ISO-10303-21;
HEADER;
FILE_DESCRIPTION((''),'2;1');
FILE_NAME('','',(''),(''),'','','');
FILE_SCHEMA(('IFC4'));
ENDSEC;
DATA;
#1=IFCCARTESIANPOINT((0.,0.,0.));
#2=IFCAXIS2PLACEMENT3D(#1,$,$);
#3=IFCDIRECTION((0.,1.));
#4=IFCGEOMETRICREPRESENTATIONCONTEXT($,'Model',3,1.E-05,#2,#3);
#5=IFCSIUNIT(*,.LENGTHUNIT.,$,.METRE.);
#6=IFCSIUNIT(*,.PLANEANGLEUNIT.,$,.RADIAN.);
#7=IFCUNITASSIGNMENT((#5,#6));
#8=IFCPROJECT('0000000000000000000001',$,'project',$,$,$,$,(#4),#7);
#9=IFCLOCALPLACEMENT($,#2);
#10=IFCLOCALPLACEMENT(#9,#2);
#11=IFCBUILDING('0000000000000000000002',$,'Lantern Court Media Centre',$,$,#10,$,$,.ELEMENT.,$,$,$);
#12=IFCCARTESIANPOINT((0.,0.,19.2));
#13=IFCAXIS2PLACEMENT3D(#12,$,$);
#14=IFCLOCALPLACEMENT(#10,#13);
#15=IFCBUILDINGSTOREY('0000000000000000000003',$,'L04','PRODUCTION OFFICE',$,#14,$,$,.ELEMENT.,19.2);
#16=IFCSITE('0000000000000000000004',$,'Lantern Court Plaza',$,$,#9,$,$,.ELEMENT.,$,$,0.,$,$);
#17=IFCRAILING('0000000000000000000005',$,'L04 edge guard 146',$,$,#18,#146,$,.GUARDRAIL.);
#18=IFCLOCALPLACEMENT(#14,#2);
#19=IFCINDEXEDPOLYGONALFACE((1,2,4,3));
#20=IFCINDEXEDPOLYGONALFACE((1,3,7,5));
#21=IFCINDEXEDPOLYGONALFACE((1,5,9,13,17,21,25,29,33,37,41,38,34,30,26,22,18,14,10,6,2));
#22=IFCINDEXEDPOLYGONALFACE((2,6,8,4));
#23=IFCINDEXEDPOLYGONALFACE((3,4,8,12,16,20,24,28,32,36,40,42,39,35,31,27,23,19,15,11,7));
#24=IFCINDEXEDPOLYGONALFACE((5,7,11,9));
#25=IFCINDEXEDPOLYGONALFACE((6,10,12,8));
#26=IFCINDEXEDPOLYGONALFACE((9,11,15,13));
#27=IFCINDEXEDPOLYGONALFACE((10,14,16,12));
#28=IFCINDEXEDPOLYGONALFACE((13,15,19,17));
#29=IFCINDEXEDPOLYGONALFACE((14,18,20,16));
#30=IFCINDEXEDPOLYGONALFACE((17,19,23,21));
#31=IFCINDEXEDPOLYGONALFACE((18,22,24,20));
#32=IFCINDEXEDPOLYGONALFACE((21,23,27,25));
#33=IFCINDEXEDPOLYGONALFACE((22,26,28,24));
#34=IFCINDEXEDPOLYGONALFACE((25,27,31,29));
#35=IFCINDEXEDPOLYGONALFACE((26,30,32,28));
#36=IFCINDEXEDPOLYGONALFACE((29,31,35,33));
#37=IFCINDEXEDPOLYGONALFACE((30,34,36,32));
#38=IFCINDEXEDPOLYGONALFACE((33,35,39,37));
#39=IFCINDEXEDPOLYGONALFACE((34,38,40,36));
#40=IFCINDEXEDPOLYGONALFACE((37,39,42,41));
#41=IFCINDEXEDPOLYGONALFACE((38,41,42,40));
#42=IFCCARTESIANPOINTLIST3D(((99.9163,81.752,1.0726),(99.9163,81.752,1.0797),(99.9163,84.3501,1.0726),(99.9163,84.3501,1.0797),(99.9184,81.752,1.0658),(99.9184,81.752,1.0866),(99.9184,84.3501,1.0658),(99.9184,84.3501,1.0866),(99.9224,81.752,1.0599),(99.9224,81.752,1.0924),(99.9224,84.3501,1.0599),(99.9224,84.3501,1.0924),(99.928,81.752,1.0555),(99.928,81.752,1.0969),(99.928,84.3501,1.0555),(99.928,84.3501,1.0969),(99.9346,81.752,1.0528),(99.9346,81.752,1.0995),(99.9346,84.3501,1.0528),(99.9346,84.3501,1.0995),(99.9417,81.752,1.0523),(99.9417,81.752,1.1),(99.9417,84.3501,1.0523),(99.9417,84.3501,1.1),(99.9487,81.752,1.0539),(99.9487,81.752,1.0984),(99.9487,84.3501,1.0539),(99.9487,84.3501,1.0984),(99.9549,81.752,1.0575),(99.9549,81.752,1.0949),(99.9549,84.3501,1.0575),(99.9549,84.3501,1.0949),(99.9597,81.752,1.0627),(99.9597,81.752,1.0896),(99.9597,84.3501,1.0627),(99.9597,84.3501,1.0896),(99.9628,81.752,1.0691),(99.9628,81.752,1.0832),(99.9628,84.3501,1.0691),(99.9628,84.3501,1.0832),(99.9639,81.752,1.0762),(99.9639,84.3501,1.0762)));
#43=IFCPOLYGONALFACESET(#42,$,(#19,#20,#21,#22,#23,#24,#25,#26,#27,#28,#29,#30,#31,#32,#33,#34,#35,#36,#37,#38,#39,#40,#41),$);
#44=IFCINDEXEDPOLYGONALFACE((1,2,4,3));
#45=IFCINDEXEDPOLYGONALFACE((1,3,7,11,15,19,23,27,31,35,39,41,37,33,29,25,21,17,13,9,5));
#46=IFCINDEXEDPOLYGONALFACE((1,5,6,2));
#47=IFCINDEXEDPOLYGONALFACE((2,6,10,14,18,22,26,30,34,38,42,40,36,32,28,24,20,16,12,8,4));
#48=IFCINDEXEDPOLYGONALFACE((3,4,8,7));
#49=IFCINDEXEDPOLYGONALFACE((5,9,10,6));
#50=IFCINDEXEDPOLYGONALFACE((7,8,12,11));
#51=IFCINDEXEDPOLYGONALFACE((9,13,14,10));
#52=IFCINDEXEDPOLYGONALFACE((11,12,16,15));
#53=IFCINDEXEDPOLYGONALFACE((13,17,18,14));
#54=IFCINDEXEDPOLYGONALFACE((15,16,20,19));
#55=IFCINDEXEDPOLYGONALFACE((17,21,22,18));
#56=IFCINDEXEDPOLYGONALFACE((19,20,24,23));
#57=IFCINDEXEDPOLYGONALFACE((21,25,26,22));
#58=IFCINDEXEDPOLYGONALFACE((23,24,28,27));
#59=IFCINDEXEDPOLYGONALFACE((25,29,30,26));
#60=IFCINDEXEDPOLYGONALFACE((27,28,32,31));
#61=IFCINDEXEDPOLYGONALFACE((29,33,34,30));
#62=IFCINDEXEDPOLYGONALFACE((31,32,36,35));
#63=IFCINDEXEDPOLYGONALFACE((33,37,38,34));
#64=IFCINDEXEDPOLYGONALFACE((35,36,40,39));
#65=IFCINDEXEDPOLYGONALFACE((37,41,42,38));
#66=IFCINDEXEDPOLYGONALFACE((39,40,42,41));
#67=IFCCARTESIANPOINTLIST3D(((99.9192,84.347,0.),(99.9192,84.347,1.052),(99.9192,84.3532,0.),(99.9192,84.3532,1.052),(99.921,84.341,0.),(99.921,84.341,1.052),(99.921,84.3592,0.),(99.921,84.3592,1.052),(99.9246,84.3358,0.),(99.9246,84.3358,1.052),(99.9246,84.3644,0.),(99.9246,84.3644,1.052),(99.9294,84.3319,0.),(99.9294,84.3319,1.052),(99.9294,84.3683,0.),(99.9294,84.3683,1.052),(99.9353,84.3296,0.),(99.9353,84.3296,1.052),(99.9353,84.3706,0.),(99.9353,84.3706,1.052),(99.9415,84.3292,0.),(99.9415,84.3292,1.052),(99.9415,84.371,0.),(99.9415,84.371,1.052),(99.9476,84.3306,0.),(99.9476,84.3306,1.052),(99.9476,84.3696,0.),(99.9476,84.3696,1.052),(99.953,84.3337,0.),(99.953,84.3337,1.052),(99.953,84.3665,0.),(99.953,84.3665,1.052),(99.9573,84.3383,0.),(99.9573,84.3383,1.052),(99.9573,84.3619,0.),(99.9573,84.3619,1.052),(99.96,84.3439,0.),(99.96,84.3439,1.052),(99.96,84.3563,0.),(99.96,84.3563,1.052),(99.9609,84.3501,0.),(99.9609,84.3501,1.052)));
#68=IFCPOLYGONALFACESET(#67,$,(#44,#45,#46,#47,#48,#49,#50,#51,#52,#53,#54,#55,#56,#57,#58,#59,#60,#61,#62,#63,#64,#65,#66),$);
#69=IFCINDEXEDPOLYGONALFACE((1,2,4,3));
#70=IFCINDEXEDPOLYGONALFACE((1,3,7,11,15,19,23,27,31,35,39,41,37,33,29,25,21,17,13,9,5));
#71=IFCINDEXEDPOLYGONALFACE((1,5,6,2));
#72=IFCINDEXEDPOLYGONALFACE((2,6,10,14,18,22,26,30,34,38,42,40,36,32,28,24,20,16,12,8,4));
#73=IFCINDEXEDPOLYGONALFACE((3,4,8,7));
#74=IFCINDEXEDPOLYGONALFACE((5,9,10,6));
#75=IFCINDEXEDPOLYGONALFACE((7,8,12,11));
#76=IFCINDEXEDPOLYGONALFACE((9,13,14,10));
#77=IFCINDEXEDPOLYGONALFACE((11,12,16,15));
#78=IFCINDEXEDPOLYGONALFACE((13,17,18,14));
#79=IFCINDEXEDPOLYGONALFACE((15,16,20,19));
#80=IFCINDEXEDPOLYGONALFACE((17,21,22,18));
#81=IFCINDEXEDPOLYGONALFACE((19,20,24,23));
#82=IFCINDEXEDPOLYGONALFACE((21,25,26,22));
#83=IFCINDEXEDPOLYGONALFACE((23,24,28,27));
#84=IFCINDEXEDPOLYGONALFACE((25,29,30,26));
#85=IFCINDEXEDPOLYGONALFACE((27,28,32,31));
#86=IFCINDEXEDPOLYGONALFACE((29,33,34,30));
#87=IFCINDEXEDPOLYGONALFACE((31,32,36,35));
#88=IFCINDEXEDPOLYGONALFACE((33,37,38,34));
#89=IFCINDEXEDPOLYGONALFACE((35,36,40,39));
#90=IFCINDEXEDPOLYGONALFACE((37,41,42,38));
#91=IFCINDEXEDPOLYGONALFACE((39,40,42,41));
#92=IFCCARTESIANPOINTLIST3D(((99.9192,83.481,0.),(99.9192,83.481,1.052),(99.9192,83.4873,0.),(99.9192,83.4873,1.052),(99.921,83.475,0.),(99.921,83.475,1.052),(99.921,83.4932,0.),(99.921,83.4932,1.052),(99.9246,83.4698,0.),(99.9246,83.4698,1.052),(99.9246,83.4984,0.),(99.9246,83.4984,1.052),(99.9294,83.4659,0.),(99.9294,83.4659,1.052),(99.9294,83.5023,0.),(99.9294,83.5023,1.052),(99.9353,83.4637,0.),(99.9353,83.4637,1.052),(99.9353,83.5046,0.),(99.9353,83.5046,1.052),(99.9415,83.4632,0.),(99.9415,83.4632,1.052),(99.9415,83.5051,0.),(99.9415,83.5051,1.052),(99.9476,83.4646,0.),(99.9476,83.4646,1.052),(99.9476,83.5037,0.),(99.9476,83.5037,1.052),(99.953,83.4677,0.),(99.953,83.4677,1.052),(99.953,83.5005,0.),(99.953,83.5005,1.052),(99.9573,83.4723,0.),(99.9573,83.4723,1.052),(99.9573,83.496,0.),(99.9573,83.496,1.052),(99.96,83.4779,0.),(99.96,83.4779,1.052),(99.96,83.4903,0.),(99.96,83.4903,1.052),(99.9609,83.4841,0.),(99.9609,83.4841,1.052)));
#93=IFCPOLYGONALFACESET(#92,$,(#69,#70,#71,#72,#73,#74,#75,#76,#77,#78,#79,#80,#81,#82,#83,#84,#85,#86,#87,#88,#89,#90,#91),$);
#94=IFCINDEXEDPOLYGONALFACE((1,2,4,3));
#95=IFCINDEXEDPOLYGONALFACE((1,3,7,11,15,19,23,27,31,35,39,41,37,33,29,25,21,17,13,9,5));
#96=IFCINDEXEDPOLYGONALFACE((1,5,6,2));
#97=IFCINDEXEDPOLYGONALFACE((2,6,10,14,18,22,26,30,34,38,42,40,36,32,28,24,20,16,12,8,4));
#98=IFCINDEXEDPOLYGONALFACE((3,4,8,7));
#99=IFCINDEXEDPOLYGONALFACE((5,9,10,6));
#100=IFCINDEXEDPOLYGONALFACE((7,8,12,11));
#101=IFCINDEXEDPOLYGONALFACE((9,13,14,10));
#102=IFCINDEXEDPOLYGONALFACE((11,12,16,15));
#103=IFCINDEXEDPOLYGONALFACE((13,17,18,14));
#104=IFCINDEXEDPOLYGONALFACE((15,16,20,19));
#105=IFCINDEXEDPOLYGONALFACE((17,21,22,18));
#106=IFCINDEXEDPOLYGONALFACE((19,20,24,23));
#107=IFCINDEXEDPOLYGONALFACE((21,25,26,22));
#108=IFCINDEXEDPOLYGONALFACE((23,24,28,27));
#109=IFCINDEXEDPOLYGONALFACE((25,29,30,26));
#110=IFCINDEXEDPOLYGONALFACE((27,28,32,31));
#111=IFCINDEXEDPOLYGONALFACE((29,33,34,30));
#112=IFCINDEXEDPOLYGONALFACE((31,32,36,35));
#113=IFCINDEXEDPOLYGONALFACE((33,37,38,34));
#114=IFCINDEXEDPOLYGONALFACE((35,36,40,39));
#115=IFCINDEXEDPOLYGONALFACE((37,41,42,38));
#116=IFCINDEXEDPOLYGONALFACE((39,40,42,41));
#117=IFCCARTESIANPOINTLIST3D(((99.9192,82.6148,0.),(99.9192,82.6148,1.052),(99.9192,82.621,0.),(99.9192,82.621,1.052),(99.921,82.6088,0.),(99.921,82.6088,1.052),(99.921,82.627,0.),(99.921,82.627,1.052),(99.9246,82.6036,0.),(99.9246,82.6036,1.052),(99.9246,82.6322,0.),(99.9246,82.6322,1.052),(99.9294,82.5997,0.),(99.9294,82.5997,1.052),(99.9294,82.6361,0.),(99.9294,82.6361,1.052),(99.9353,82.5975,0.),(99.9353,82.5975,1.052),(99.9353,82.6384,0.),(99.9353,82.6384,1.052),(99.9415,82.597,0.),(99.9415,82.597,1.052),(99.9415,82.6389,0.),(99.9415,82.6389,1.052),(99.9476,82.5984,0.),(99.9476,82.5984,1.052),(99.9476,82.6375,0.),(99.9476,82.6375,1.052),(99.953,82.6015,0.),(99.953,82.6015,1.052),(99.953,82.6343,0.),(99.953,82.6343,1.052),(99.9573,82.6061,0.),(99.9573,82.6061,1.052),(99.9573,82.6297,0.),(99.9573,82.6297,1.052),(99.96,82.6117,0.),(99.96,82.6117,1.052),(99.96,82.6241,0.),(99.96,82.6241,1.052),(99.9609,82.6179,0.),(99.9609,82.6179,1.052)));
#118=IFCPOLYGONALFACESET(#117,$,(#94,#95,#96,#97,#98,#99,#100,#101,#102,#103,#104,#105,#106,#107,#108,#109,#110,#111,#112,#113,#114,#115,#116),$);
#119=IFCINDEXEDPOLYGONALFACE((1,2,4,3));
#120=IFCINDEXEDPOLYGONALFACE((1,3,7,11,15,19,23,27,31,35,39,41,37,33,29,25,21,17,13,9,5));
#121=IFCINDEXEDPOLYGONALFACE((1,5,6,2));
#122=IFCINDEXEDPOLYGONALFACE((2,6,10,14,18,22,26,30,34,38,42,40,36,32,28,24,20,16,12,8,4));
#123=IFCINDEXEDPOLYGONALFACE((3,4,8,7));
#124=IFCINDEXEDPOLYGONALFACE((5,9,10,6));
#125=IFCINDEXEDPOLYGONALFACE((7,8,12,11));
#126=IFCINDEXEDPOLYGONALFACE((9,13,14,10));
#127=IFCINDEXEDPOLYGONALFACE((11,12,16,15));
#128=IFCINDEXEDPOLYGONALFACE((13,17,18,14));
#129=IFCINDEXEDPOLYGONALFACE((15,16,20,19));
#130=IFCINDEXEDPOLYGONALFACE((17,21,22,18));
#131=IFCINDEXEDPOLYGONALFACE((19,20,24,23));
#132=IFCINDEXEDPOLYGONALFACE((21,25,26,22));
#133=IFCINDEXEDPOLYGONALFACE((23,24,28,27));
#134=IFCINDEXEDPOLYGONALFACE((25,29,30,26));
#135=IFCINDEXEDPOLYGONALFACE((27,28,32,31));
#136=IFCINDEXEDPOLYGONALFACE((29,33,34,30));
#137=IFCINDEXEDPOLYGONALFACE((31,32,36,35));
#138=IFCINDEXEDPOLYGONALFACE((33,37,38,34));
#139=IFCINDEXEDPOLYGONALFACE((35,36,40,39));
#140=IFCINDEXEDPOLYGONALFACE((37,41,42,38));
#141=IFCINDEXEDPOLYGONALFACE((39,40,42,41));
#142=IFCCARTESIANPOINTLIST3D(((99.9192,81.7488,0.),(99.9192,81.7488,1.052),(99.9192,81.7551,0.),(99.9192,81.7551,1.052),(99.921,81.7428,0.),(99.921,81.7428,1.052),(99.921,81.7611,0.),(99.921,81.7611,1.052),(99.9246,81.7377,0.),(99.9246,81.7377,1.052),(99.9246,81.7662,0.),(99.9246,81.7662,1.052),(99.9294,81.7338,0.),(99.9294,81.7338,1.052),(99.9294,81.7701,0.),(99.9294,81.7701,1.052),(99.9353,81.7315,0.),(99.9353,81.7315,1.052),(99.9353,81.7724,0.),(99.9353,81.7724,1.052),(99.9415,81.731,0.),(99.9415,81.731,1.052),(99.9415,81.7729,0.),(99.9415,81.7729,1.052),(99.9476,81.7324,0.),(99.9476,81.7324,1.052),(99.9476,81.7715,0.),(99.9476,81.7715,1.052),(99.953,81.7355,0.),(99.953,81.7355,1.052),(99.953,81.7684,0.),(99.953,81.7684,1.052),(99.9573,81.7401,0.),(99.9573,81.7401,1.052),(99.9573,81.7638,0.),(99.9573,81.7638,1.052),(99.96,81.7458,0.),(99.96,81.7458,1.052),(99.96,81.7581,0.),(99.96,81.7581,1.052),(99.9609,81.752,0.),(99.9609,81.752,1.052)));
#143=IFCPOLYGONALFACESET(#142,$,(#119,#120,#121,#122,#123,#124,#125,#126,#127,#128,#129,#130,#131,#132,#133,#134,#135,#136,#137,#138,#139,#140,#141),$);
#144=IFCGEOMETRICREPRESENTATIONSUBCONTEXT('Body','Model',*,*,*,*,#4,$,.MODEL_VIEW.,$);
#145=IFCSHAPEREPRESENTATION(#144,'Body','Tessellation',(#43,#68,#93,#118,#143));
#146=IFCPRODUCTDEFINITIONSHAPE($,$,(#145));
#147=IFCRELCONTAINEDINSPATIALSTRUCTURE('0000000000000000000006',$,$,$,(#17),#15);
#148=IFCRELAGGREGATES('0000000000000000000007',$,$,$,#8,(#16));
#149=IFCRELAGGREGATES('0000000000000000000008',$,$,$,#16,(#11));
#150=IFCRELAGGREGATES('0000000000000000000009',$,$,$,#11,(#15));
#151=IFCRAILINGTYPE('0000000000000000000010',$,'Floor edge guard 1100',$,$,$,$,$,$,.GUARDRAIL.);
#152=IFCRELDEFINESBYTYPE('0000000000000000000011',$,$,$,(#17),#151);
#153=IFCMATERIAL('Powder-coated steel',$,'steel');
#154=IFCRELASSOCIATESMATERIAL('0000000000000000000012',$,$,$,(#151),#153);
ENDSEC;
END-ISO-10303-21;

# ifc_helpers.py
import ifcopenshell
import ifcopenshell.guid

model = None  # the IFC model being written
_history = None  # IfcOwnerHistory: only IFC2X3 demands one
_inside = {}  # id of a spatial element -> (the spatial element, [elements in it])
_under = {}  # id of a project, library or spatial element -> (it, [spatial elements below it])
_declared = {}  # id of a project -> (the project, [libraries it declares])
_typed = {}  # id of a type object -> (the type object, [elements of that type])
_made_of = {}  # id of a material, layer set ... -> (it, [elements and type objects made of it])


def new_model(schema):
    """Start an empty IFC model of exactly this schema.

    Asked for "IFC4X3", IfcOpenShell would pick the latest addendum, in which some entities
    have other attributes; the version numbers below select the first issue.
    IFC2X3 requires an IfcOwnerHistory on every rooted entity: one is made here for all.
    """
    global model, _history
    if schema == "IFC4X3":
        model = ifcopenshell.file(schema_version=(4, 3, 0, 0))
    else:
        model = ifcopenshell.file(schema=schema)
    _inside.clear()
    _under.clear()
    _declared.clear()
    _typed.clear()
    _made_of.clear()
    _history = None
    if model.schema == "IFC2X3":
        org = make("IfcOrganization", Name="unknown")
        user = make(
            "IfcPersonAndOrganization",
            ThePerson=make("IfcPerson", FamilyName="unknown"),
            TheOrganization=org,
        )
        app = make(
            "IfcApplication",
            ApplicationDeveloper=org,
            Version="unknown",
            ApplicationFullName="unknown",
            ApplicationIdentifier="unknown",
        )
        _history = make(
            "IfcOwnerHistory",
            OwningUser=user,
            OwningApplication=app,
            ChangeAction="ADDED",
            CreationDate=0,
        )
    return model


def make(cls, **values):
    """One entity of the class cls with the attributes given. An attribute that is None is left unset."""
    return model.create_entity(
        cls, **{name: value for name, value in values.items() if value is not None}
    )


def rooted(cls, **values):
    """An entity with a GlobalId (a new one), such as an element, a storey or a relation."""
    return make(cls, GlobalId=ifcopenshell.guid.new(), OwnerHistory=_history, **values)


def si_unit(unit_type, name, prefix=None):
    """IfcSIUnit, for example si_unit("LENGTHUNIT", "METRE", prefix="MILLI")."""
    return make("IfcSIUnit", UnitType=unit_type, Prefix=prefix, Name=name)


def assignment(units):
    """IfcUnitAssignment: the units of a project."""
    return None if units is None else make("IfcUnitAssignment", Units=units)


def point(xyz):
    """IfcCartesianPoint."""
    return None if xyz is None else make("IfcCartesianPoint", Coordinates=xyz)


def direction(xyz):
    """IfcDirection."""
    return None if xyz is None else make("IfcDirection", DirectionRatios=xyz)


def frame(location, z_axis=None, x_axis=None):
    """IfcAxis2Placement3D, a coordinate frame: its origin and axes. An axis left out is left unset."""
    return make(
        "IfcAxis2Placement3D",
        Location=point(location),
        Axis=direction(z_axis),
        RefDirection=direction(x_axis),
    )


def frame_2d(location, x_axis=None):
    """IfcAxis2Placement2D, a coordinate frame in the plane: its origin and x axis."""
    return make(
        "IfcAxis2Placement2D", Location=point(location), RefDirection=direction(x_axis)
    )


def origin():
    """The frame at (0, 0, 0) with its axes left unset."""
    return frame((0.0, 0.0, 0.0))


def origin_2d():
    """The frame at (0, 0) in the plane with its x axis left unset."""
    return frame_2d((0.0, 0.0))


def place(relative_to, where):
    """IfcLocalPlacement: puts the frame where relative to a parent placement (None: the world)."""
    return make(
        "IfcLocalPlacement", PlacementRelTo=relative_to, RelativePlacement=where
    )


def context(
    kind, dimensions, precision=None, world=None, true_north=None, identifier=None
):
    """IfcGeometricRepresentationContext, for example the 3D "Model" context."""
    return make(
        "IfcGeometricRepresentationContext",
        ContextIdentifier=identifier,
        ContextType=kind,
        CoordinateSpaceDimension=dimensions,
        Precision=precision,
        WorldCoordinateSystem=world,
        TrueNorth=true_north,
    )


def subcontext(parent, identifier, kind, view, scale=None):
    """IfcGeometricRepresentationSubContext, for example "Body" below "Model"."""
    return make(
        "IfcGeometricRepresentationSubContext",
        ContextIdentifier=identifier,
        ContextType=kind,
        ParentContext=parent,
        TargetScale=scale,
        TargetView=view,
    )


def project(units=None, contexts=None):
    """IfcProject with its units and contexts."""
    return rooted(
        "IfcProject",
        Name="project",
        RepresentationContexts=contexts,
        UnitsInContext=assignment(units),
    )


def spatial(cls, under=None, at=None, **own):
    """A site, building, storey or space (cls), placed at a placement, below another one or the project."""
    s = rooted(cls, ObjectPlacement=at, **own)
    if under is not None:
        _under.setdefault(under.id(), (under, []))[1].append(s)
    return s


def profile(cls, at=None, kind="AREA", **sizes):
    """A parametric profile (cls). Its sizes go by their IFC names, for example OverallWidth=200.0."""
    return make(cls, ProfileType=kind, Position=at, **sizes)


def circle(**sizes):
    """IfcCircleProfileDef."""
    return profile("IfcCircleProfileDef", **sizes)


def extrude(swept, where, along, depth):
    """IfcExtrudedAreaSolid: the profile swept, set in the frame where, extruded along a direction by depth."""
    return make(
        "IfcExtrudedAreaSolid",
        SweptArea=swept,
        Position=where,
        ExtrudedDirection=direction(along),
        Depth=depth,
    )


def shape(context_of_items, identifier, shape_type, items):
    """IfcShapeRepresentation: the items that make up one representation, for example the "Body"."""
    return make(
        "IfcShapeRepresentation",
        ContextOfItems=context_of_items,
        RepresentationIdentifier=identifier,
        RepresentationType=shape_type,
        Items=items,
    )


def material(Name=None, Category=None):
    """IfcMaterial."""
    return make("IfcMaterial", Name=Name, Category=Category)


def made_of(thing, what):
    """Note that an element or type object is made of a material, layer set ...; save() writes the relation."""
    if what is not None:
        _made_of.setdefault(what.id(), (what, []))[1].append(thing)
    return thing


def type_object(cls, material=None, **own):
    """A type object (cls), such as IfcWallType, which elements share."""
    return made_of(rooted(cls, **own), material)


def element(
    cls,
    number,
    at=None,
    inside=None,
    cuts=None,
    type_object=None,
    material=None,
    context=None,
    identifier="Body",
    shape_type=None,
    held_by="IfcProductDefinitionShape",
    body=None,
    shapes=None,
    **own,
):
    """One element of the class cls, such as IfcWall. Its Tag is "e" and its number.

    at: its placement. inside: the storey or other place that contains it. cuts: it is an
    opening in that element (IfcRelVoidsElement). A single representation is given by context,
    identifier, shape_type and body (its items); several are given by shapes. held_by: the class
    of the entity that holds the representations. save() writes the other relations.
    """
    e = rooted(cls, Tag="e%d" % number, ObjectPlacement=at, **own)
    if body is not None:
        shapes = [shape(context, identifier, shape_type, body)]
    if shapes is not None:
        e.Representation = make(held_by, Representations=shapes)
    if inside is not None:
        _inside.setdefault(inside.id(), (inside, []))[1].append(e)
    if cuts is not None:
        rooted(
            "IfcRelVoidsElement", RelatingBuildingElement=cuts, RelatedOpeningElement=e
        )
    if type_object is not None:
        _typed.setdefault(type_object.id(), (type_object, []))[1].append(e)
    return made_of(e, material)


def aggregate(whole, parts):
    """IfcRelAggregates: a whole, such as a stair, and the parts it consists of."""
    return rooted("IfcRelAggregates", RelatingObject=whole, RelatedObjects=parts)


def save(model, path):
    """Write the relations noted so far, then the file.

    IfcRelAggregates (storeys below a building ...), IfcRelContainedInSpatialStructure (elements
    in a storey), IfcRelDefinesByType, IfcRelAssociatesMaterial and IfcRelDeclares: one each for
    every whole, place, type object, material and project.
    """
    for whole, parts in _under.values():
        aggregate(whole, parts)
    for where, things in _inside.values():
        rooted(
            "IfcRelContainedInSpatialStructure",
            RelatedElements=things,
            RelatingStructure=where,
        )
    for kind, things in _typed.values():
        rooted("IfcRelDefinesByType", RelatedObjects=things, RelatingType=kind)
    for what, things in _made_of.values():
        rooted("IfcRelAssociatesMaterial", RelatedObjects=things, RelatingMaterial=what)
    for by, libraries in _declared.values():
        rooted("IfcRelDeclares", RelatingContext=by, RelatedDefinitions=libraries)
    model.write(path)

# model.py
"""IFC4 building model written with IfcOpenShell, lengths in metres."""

from ifc_helpers import new_model, si_unit, direction, frame, origin, origin_2d, place, context, subcontext, project, spatial, circle, extrude, material, type_object, element, save


model = new_model("IFC4")

# Units and contexts
model_context = context("Model", 3, precision=1e-05, world=origin(), true_north=direction((0.0, 1.0)))
body_context = subcontext(model_context, "Body", "Model", "MODEL_VIEW")
ifc_project = project(units=[si_unit("LENGTHUNIT", "METRE"), si_unit("PLANEANGLEUNIT", "RADIAN")], contexts=[model_context])

# Site, building, storey
site_placement = place(None, origin())
site = spatial("IfcSite", under=ifc_project, at=site_placement, Name="Lantern Court Plaza", CompositionType="ELEMENT", RefElevation=0.0)
building_placement = place(site_placement, origin())
building = spatial("IfcBuilding", under=site, at=building_placement, Name="Lantern Court Media Centre", CompositionType="ELEMENT")
storey_placement = place(building_placement, frame((0.0, 0.0, 19.2)))
storey = spatial("IfcBuildingStorey", under=building, at=storey_placement, Name="L04", Description="PRODUCTION OFFICE", CompositionType="ELEMENT", Elevation=19.2)

# Railing
ifc_material_1 = material(Name="Powder-coated steel", Category="steel")
railing_type = type_object("IfcRailingType", Name="Floor edge guard 1100", PredefinedType="GUARDRAIL", material=ifc_material_1)
railing_1_placement = place(storey_placement, frame((99.9399, 84.3501, 0.0)))
element("IfcRailing", 1, at=railing_1_placement, inside=storey, type_object=railing_type, Name="L04 edge guard 146", PredefinedType="GUARDRAIL", context=body_context, shape_type="SweptSolid", body=[
    extrude(circle(Radius=0.0239, at=origin_2d()), frame((0.0, 0.0, 1.0762), z_axis=(0.0, -1.0, 0.0), x_axis=(1.0, 0.0, 0.0)), (0.0, 0.0, 1.0), 2.5981),
    extrude(circle(Radius=0.021, at=origin_2d()), origin(), (0.0, 0.0, 1.0), 1.052),
    extrude(circle(Radius=0.021, at=origin_2d()), frame((0.0, -0.866, 0.0)), (0.0, 0.0, 1.0), 1.052),
    extrude(circle(Radius=0.021, at=origin_2d()), frame((0.0, -1.7322, 0.0)), (0.0, 0.0, 1.0), 1.052),
    extrude(circle(Radius=0.021, at=origin_2d()), frame((0.0, -2.5981, 0.0)), (0.0, 0.0, 1.0), 1.052),
])

save(model, "model.ifc")
